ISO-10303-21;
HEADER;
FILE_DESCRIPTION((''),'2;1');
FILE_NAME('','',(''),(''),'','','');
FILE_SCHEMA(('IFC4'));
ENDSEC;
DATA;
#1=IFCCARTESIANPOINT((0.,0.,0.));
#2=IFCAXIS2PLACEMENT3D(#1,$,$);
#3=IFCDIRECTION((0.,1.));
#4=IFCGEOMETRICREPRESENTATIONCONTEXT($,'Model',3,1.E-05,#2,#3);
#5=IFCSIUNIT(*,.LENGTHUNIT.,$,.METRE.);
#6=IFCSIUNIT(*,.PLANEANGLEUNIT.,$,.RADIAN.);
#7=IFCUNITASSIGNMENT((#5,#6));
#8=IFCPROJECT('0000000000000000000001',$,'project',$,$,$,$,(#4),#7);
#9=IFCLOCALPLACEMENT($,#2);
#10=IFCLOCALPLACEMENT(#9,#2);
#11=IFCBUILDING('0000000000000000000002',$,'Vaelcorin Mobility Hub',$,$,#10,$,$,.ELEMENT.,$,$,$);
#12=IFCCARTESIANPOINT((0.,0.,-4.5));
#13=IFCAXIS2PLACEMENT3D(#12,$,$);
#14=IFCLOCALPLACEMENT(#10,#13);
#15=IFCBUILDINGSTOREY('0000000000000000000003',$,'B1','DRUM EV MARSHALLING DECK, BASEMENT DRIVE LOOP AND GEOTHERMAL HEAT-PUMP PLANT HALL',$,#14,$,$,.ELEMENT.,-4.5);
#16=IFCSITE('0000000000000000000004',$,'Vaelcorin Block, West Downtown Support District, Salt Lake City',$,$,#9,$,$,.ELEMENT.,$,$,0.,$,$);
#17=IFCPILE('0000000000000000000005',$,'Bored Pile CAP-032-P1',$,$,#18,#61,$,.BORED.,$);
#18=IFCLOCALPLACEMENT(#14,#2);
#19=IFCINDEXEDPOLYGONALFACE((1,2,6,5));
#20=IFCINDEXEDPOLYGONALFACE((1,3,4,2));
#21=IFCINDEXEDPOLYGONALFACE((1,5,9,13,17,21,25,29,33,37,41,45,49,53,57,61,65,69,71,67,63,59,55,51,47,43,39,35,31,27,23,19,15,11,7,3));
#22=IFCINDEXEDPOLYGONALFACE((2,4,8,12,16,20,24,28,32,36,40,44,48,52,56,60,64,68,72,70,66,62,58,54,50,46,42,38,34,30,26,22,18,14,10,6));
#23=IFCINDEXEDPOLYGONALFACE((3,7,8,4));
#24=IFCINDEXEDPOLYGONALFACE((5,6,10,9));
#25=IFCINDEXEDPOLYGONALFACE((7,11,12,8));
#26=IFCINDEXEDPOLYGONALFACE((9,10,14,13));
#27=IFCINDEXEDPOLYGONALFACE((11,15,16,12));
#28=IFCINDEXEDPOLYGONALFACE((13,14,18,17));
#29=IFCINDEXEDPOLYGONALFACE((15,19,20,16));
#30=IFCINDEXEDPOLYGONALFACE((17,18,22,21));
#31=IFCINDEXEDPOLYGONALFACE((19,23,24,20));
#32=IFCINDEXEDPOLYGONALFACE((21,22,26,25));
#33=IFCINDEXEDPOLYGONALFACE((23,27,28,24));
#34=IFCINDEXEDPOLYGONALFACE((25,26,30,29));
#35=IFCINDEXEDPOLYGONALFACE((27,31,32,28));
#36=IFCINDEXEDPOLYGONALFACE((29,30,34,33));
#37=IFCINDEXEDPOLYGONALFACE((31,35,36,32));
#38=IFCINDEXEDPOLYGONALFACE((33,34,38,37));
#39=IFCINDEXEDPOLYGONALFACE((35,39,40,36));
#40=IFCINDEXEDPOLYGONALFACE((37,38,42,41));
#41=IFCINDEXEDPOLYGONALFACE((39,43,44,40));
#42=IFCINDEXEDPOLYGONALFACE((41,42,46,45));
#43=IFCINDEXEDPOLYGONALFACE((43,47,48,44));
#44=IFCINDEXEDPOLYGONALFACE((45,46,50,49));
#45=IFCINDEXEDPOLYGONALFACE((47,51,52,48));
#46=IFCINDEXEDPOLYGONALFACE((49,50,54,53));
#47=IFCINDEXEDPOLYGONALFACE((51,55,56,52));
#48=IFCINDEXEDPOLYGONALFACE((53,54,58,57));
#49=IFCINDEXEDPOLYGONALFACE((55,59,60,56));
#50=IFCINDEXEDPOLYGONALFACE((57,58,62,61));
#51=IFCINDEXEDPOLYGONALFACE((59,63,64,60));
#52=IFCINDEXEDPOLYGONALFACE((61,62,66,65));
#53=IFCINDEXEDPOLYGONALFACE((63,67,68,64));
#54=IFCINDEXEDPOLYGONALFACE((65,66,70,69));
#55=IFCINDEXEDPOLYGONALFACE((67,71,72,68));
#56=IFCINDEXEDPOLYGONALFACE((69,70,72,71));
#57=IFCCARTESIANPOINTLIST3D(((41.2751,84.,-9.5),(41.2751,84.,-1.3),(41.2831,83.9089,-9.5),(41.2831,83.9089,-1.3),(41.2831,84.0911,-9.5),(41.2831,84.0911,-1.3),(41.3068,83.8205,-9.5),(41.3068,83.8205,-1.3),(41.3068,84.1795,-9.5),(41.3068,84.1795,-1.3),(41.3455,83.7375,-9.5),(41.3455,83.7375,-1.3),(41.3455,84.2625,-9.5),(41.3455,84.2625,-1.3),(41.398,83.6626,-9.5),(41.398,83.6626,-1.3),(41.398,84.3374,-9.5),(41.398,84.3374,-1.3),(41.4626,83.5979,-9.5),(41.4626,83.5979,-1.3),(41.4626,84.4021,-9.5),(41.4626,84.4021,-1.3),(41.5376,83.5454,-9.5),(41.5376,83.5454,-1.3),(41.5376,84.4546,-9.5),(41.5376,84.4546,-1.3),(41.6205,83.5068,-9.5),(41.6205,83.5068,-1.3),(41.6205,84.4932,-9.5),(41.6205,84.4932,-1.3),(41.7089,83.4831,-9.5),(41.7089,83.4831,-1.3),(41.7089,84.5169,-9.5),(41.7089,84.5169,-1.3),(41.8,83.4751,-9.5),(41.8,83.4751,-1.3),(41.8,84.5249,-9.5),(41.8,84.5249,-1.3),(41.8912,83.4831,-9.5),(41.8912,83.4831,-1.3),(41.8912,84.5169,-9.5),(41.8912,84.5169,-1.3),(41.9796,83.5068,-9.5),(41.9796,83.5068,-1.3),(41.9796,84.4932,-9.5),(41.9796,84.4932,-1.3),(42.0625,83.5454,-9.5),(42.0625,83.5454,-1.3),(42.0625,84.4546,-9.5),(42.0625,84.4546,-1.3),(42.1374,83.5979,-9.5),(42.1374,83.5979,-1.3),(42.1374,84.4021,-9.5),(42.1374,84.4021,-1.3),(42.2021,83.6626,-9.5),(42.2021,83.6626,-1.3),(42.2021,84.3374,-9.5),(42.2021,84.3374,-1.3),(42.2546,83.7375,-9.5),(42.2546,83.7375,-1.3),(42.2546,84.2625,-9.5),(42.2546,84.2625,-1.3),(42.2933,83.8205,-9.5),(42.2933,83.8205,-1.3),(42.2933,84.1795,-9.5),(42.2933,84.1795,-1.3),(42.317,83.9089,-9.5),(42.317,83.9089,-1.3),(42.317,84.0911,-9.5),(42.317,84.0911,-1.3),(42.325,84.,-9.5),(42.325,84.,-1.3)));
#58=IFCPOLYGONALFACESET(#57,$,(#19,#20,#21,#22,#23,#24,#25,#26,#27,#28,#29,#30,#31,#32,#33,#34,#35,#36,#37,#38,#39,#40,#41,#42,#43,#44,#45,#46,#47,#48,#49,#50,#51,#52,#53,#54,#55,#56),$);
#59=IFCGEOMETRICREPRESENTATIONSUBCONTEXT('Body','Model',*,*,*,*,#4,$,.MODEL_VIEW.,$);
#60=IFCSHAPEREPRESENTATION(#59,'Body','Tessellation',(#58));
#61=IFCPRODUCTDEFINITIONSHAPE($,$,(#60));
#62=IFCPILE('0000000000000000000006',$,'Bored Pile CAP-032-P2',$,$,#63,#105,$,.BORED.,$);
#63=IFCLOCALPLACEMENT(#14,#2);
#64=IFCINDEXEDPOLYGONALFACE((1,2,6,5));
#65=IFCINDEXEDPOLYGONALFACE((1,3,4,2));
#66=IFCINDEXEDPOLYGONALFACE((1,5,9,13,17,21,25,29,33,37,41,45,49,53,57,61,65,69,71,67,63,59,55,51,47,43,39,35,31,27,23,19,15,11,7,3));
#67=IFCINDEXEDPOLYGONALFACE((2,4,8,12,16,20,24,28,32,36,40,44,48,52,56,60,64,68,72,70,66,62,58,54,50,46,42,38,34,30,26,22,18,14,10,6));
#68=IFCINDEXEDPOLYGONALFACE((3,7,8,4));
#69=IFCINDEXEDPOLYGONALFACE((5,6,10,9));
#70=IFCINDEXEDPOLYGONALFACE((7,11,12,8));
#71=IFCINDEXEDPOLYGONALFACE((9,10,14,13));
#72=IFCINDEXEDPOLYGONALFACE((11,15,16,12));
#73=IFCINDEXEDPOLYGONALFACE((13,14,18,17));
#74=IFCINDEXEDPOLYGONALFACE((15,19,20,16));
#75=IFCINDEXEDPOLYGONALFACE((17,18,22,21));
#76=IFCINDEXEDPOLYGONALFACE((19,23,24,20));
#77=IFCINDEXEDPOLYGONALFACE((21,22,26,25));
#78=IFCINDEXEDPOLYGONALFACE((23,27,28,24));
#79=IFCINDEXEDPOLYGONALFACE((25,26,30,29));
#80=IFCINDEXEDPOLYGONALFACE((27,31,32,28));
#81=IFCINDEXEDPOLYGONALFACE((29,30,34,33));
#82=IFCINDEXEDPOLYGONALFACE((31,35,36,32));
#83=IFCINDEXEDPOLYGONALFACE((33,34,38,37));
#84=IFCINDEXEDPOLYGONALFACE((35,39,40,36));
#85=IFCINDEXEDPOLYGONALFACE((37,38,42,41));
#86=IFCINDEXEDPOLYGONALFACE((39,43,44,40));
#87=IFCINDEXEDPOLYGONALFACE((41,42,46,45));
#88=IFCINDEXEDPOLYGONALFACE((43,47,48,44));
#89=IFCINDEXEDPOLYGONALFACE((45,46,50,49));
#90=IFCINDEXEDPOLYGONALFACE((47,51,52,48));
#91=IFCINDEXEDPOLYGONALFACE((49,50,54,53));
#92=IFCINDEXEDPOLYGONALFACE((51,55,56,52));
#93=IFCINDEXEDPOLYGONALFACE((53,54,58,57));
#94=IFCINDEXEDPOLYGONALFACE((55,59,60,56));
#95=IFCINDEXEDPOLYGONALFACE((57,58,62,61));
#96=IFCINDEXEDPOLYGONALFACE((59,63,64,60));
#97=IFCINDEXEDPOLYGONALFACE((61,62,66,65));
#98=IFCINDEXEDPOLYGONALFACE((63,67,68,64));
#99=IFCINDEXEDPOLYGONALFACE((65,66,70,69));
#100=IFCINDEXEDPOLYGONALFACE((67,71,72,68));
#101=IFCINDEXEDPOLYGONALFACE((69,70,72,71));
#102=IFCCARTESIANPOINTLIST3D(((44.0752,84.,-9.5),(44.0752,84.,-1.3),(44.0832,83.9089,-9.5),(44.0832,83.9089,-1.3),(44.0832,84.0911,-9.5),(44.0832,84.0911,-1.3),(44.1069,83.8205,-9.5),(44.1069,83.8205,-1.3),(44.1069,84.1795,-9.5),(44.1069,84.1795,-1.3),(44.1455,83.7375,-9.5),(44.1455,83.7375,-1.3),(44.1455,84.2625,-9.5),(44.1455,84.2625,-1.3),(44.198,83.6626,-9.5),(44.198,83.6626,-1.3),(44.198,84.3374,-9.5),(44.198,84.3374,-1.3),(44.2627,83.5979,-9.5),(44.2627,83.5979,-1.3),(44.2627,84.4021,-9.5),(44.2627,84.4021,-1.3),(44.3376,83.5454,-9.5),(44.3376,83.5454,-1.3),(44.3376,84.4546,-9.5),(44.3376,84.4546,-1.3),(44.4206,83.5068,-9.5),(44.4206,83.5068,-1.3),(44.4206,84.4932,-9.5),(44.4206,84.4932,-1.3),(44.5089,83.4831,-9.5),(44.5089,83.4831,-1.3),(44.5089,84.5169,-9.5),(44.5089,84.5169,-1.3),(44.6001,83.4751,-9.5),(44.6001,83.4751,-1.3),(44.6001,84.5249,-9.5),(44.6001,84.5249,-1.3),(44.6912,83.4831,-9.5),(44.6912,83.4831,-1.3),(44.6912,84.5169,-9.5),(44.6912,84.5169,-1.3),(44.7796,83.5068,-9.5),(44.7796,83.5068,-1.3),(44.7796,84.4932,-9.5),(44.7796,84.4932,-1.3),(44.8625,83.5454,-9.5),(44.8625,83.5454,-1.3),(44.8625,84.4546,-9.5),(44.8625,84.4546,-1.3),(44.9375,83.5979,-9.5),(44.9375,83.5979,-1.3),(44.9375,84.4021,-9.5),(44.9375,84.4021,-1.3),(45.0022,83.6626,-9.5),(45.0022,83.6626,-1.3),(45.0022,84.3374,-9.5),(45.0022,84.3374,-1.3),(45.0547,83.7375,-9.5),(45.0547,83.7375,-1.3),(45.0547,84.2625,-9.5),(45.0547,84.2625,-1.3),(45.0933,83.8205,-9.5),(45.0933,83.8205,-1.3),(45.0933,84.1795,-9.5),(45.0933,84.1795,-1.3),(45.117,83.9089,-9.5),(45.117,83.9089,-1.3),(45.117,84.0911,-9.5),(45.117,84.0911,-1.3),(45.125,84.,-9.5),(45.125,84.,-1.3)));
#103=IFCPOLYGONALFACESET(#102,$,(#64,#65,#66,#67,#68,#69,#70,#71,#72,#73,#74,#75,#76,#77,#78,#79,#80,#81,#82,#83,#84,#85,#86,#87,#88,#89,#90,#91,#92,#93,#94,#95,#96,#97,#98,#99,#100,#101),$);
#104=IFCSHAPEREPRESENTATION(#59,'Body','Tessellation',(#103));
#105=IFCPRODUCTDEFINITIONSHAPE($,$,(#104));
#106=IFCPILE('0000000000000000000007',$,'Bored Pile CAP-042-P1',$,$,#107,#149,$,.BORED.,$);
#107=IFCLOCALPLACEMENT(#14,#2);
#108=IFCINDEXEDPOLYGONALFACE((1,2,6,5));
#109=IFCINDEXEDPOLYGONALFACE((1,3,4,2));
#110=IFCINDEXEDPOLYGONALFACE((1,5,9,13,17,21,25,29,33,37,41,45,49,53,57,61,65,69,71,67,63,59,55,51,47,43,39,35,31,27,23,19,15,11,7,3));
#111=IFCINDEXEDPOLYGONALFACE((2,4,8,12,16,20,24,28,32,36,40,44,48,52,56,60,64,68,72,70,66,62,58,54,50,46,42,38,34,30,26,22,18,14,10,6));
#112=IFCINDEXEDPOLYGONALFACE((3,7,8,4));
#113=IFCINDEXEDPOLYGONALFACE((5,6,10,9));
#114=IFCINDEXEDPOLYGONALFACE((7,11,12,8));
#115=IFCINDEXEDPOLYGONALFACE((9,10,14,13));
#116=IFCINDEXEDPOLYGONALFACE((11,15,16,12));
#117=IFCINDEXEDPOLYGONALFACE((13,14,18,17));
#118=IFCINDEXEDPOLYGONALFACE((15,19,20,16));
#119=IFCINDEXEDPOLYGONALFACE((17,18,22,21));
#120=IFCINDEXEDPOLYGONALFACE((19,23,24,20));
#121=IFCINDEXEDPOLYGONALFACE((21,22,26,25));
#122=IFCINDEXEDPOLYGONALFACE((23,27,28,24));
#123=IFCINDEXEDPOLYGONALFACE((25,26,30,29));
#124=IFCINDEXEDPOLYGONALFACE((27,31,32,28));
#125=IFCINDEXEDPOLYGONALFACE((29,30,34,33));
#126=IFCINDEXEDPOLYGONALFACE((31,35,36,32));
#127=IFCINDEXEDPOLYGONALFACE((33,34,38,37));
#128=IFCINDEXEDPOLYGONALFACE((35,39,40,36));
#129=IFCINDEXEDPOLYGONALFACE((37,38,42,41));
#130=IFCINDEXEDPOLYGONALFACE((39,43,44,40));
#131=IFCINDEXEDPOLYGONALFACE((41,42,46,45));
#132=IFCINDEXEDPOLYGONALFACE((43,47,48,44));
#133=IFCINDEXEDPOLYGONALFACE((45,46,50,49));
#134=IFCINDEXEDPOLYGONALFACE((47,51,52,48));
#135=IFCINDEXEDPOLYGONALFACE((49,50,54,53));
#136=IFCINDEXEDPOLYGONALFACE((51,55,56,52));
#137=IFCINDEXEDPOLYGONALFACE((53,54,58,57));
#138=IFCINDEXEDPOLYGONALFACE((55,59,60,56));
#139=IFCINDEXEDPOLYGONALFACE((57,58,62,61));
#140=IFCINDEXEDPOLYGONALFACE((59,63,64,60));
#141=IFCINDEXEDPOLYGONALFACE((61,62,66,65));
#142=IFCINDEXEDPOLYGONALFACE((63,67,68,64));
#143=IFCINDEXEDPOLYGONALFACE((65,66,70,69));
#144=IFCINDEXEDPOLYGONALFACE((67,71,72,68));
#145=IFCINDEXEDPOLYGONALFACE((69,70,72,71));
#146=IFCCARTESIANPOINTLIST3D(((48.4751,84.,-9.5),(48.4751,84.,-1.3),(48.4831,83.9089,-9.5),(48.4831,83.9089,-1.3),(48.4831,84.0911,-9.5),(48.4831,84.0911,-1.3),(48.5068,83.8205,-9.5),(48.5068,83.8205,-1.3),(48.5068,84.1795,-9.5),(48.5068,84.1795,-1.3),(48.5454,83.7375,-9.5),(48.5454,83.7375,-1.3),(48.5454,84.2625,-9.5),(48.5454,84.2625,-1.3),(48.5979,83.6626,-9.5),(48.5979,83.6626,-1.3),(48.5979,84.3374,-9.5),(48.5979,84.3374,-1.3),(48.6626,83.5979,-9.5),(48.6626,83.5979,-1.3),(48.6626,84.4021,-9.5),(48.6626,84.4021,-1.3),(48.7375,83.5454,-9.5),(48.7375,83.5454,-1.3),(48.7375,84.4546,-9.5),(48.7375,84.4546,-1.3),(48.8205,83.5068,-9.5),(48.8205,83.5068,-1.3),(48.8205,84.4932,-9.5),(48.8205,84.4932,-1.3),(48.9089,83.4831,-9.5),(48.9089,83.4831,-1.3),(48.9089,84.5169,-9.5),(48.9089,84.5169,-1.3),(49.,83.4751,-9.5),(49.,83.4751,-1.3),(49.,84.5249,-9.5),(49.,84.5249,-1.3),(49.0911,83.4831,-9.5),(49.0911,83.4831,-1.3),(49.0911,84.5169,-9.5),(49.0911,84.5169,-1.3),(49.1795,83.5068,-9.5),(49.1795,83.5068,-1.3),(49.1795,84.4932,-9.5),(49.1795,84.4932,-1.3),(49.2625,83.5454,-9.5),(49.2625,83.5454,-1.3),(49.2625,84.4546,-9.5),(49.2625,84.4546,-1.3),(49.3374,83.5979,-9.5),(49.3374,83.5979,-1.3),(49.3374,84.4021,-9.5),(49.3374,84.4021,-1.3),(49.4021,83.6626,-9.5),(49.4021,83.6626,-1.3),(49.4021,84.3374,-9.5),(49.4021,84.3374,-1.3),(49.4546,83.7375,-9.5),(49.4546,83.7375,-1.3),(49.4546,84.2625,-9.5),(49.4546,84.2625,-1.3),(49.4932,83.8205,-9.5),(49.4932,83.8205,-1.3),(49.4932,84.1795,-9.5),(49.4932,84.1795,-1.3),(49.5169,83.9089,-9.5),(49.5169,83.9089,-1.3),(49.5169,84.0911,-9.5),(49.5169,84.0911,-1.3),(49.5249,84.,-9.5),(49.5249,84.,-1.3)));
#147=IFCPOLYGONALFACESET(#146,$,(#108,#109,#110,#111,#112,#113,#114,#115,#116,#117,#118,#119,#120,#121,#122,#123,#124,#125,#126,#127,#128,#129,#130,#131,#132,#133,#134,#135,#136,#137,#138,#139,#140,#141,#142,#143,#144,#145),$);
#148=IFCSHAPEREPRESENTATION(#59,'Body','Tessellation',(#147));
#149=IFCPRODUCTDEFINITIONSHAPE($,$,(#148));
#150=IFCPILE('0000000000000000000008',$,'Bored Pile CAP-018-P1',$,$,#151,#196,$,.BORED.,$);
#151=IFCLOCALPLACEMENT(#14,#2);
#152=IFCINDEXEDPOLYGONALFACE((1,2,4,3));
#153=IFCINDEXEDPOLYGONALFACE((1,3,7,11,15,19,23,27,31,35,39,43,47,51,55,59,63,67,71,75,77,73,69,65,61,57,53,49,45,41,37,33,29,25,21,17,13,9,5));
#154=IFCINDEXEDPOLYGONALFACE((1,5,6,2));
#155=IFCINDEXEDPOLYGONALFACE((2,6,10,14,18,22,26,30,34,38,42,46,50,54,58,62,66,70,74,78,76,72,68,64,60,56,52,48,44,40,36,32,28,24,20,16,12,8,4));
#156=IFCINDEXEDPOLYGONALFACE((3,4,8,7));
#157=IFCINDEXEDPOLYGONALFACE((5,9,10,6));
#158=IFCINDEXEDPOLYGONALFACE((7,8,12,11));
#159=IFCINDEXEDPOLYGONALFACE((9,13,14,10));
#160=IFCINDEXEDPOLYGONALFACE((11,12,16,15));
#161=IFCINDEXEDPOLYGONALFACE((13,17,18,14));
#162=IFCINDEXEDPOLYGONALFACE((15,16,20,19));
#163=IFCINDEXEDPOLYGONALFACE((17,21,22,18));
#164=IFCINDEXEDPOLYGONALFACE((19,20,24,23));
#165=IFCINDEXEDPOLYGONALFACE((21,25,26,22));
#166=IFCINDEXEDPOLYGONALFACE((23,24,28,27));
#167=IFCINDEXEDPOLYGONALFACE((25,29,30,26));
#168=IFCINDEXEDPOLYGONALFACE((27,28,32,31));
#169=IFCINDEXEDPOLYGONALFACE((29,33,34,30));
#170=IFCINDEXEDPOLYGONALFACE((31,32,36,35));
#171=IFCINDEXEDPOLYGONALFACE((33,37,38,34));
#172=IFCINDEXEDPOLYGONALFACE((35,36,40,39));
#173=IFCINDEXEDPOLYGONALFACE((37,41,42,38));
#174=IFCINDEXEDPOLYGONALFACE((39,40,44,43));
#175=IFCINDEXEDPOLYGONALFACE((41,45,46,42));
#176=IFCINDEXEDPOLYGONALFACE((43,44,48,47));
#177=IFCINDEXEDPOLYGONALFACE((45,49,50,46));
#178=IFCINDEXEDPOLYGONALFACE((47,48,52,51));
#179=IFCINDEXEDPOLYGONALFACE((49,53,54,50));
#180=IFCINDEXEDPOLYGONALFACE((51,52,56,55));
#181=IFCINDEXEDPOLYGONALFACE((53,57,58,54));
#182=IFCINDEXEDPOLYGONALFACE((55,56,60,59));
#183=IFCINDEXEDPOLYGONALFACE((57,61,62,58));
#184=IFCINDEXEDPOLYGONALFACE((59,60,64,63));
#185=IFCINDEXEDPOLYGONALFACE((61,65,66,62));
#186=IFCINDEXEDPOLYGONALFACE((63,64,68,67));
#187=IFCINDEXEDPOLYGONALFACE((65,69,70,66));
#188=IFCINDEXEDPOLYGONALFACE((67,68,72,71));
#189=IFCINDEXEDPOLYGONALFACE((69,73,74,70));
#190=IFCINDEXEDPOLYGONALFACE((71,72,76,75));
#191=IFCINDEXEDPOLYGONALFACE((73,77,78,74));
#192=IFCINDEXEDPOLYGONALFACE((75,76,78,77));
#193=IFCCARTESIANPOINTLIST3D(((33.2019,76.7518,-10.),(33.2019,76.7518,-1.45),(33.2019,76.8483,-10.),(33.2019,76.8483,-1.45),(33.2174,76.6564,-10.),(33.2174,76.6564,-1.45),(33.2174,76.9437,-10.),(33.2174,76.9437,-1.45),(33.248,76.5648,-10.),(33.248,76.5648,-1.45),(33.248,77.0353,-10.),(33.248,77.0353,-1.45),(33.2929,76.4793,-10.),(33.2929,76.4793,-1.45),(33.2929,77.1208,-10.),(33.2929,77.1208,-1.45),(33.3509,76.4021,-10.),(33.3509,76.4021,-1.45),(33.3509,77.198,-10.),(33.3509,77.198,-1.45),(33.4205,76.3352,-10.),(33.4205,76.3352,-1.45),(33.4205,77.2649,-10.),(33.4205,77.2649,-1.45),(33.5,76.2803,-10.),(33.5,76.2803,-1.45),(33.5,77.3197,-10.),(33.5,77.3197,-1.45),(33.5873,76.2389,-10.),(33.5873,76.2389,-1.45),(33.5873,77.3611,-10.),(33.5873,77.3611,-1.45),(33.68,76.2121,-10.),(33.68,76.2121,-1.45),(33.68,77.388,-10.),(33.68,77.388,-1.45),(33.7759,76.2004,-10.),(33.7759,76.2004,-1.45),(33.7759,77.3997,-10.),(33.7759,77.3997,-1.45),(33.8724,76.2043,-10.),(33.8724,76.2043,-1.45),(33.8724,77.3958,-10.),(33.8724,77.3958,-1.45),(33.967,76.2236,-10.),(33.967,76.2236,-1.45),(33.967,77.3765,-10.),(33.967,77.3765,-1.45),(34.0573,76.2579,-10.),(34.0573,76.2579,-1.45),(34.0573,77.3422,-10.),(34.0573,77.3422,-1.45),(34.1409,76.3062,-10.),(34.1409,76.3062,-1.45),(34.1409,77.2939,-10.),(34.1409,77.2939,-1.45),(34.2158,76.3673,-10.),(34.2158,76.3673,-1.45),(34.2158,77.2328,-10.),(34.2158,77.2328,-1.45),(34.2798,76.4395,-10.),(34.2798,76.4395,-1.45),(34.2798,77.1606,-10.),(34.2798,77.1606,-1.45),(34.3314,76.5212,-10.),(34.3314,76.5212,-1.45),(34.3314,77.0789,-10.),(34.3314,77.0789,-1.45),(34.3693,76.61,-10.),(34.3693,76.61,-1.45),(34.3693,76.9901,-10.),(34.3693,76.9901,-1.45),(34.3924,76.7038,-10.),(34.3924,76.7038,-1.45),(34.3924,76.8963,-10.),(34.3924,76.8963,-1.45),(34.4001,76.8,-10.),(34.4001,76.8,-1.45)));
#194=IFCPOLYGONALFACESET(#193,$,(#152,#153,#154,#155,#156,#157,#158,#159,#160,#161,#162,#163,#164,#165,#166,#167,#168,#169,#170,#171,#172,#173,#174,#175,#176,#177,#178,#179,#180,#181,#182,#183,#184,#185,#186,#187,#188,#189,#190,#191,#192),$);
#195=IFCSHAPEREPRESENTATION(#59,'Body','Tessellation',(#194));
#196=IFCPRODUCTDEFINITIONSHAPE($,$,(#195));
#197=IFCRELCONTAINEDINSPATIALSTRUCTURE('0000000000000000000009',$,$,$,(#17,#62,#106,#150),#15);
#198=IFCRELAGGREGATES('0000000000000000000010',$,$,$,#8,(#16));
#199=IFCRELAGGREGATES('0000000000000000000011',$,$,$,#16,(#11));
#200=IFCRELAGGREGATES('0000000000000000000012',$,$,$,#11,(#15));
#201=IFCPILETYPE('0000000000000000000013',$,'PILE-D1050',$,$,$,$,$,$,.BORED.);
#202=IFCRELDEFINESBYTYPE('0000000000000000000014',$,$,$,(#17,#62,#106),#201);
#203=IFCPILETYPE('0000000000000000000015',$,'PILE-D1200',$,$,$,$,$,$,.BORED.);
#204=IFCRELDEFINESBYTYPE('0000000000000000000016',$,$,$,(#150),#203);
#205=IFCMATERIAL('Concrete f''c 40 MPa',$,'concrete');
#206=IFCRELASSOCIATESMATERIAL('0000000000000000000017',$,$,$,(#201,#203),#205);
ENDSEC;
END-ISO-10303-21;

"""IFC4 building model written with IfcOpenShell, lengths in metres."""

from ifc_helpers import new_model, si_unit, direction, frame, origin, origin_2d, place, context, subcontext, project, spatial, circle, extrude, material, material_profile, profile_set, type_object, element, save


model = new_model("IFC4")

# Units and contexts
model_context = context("Model", 3, precision=1e-05, world=origin(), true_north=direction((0.0, 1.0)))
body_context = subcontext(model_context, "Body", "Model", "MODEL_VIEW")
ifc_project = project(units=[si_unit("LENGTHUNIT", "METRE"), si_unit("PLANEANGLEUNIT", "RADIAN")], contexts=[model_context])

# Site, building, storey
site_placement = place(None, origin())
site = spatial("IfcSite", under=ifc_project, at=site_placement, Name="Vaelcorin Block, West Downtown Support District, Salt Lake City", CompositionType="ELEMENT", RefElevation=0.0)
building_placement = place(site_placement, origin())
building = spatial("IfcBuilding", under=site, at=building_placement, Name="Vaelcorin Mobility Hub", CompositionType="ELEMENT")
storey_placement = place(building_placement, frame((0.0, 0.0, -4.5)))
storey = spatial("IfcBuildingStorey", under=building, at=storey_placement, Name="B1", Description="DRUM EV MARSHALLING DECK, BASEMENT DRIVE LOOP AND GEOTHERMAL HEAT-PUMP PLANT HALL", CompositionType="ELEMENT", Elevation=-4.5)

# Shared definitions
ifc_material_1 = material(Name="Concrete f'c 40 MPa", Category="concrete")

# Piles
ifc_material_profile_1 = material_profile(ifc_material_1, circle(Radius=0.5249, at=origin_2d()), Name="BP-D1050")
ifc_profile_set_1 = profile_set([ifc_material_profile_1], Name="Concrete f'c 40 MPa")
pile_type_1 = type_object("IfcPileType", Name="PILE-D1050", PredefinedType="BORED", material=ifc_profile_set_1)
for number, where, z_axis, x_axis, name in (
    (1, (41.8, 84.0, -1.3), (0.0, 0.0, -1.0), (1.0, 0.0, 0.0), "Bored Pile CAP-032-P1"),
    (2, (44.6001, 84.0, -1.3), (0.0, 0.0, -1.0), (1.0, 0.0, 0.0), "Bored Pile CAP-032-P2"),
    (3, (49.0, 84.0, -1.3), (0.0, 0.0, -1.0), (1.0, 0.0, 0.0), "Bored Pile CAP-042-P1"),
):
    element("IfcPile", number, at=place(storey_placement, frame(where, z_axis=z_axis, x_axis=x_axis)), inside=storey, type_object=pile_type_1, Name=name, PredefinedType="BORED", context=body_context, shape_type="SweptSolid", body=[
        extrude(circle(Radius=0.5249, at=origin_2d()), origin(), (0.0, 0.0, 1.0), 8.2),
    ])
ifc_material_profile_2 = material_profile(ifc_material_1, circle(Radius=0.6001, at=origin_2d()), Name="BP-D1200")
ifc_profile_set_2 = profile_set([ifc_material_profile_2], Name="Concrete f'c 40 MPa")
pile_type_2 = type_object("IfcPileType", Name="PILE-D1200", PredefinedType="BORED", material=ifc_profile_set_2)
for number, where, z_axis, x_axis, name in (
    (4, (33.8, 76.8, -1.45), (0.0, 0.0, -1.0), (1.0, 0.0, 0.0), "Bored Pile CAP-018-P1"),
):
    element("IfcPile", number, at=place(storey_placement, frame(where, z_axis=z_axis, x_axis=x_axis)), inside=storey, type_object=pile_type_2, Name=name, PredefinedType="BORED", context=body_context, shape_type="SweptSolid", body=[
        extrude(circle(Radius=0.6001, at=origin_2d()), origin(), (0.0, 0.0, 1.0), 8.55),
    ])

save(model, "model.ifc")
